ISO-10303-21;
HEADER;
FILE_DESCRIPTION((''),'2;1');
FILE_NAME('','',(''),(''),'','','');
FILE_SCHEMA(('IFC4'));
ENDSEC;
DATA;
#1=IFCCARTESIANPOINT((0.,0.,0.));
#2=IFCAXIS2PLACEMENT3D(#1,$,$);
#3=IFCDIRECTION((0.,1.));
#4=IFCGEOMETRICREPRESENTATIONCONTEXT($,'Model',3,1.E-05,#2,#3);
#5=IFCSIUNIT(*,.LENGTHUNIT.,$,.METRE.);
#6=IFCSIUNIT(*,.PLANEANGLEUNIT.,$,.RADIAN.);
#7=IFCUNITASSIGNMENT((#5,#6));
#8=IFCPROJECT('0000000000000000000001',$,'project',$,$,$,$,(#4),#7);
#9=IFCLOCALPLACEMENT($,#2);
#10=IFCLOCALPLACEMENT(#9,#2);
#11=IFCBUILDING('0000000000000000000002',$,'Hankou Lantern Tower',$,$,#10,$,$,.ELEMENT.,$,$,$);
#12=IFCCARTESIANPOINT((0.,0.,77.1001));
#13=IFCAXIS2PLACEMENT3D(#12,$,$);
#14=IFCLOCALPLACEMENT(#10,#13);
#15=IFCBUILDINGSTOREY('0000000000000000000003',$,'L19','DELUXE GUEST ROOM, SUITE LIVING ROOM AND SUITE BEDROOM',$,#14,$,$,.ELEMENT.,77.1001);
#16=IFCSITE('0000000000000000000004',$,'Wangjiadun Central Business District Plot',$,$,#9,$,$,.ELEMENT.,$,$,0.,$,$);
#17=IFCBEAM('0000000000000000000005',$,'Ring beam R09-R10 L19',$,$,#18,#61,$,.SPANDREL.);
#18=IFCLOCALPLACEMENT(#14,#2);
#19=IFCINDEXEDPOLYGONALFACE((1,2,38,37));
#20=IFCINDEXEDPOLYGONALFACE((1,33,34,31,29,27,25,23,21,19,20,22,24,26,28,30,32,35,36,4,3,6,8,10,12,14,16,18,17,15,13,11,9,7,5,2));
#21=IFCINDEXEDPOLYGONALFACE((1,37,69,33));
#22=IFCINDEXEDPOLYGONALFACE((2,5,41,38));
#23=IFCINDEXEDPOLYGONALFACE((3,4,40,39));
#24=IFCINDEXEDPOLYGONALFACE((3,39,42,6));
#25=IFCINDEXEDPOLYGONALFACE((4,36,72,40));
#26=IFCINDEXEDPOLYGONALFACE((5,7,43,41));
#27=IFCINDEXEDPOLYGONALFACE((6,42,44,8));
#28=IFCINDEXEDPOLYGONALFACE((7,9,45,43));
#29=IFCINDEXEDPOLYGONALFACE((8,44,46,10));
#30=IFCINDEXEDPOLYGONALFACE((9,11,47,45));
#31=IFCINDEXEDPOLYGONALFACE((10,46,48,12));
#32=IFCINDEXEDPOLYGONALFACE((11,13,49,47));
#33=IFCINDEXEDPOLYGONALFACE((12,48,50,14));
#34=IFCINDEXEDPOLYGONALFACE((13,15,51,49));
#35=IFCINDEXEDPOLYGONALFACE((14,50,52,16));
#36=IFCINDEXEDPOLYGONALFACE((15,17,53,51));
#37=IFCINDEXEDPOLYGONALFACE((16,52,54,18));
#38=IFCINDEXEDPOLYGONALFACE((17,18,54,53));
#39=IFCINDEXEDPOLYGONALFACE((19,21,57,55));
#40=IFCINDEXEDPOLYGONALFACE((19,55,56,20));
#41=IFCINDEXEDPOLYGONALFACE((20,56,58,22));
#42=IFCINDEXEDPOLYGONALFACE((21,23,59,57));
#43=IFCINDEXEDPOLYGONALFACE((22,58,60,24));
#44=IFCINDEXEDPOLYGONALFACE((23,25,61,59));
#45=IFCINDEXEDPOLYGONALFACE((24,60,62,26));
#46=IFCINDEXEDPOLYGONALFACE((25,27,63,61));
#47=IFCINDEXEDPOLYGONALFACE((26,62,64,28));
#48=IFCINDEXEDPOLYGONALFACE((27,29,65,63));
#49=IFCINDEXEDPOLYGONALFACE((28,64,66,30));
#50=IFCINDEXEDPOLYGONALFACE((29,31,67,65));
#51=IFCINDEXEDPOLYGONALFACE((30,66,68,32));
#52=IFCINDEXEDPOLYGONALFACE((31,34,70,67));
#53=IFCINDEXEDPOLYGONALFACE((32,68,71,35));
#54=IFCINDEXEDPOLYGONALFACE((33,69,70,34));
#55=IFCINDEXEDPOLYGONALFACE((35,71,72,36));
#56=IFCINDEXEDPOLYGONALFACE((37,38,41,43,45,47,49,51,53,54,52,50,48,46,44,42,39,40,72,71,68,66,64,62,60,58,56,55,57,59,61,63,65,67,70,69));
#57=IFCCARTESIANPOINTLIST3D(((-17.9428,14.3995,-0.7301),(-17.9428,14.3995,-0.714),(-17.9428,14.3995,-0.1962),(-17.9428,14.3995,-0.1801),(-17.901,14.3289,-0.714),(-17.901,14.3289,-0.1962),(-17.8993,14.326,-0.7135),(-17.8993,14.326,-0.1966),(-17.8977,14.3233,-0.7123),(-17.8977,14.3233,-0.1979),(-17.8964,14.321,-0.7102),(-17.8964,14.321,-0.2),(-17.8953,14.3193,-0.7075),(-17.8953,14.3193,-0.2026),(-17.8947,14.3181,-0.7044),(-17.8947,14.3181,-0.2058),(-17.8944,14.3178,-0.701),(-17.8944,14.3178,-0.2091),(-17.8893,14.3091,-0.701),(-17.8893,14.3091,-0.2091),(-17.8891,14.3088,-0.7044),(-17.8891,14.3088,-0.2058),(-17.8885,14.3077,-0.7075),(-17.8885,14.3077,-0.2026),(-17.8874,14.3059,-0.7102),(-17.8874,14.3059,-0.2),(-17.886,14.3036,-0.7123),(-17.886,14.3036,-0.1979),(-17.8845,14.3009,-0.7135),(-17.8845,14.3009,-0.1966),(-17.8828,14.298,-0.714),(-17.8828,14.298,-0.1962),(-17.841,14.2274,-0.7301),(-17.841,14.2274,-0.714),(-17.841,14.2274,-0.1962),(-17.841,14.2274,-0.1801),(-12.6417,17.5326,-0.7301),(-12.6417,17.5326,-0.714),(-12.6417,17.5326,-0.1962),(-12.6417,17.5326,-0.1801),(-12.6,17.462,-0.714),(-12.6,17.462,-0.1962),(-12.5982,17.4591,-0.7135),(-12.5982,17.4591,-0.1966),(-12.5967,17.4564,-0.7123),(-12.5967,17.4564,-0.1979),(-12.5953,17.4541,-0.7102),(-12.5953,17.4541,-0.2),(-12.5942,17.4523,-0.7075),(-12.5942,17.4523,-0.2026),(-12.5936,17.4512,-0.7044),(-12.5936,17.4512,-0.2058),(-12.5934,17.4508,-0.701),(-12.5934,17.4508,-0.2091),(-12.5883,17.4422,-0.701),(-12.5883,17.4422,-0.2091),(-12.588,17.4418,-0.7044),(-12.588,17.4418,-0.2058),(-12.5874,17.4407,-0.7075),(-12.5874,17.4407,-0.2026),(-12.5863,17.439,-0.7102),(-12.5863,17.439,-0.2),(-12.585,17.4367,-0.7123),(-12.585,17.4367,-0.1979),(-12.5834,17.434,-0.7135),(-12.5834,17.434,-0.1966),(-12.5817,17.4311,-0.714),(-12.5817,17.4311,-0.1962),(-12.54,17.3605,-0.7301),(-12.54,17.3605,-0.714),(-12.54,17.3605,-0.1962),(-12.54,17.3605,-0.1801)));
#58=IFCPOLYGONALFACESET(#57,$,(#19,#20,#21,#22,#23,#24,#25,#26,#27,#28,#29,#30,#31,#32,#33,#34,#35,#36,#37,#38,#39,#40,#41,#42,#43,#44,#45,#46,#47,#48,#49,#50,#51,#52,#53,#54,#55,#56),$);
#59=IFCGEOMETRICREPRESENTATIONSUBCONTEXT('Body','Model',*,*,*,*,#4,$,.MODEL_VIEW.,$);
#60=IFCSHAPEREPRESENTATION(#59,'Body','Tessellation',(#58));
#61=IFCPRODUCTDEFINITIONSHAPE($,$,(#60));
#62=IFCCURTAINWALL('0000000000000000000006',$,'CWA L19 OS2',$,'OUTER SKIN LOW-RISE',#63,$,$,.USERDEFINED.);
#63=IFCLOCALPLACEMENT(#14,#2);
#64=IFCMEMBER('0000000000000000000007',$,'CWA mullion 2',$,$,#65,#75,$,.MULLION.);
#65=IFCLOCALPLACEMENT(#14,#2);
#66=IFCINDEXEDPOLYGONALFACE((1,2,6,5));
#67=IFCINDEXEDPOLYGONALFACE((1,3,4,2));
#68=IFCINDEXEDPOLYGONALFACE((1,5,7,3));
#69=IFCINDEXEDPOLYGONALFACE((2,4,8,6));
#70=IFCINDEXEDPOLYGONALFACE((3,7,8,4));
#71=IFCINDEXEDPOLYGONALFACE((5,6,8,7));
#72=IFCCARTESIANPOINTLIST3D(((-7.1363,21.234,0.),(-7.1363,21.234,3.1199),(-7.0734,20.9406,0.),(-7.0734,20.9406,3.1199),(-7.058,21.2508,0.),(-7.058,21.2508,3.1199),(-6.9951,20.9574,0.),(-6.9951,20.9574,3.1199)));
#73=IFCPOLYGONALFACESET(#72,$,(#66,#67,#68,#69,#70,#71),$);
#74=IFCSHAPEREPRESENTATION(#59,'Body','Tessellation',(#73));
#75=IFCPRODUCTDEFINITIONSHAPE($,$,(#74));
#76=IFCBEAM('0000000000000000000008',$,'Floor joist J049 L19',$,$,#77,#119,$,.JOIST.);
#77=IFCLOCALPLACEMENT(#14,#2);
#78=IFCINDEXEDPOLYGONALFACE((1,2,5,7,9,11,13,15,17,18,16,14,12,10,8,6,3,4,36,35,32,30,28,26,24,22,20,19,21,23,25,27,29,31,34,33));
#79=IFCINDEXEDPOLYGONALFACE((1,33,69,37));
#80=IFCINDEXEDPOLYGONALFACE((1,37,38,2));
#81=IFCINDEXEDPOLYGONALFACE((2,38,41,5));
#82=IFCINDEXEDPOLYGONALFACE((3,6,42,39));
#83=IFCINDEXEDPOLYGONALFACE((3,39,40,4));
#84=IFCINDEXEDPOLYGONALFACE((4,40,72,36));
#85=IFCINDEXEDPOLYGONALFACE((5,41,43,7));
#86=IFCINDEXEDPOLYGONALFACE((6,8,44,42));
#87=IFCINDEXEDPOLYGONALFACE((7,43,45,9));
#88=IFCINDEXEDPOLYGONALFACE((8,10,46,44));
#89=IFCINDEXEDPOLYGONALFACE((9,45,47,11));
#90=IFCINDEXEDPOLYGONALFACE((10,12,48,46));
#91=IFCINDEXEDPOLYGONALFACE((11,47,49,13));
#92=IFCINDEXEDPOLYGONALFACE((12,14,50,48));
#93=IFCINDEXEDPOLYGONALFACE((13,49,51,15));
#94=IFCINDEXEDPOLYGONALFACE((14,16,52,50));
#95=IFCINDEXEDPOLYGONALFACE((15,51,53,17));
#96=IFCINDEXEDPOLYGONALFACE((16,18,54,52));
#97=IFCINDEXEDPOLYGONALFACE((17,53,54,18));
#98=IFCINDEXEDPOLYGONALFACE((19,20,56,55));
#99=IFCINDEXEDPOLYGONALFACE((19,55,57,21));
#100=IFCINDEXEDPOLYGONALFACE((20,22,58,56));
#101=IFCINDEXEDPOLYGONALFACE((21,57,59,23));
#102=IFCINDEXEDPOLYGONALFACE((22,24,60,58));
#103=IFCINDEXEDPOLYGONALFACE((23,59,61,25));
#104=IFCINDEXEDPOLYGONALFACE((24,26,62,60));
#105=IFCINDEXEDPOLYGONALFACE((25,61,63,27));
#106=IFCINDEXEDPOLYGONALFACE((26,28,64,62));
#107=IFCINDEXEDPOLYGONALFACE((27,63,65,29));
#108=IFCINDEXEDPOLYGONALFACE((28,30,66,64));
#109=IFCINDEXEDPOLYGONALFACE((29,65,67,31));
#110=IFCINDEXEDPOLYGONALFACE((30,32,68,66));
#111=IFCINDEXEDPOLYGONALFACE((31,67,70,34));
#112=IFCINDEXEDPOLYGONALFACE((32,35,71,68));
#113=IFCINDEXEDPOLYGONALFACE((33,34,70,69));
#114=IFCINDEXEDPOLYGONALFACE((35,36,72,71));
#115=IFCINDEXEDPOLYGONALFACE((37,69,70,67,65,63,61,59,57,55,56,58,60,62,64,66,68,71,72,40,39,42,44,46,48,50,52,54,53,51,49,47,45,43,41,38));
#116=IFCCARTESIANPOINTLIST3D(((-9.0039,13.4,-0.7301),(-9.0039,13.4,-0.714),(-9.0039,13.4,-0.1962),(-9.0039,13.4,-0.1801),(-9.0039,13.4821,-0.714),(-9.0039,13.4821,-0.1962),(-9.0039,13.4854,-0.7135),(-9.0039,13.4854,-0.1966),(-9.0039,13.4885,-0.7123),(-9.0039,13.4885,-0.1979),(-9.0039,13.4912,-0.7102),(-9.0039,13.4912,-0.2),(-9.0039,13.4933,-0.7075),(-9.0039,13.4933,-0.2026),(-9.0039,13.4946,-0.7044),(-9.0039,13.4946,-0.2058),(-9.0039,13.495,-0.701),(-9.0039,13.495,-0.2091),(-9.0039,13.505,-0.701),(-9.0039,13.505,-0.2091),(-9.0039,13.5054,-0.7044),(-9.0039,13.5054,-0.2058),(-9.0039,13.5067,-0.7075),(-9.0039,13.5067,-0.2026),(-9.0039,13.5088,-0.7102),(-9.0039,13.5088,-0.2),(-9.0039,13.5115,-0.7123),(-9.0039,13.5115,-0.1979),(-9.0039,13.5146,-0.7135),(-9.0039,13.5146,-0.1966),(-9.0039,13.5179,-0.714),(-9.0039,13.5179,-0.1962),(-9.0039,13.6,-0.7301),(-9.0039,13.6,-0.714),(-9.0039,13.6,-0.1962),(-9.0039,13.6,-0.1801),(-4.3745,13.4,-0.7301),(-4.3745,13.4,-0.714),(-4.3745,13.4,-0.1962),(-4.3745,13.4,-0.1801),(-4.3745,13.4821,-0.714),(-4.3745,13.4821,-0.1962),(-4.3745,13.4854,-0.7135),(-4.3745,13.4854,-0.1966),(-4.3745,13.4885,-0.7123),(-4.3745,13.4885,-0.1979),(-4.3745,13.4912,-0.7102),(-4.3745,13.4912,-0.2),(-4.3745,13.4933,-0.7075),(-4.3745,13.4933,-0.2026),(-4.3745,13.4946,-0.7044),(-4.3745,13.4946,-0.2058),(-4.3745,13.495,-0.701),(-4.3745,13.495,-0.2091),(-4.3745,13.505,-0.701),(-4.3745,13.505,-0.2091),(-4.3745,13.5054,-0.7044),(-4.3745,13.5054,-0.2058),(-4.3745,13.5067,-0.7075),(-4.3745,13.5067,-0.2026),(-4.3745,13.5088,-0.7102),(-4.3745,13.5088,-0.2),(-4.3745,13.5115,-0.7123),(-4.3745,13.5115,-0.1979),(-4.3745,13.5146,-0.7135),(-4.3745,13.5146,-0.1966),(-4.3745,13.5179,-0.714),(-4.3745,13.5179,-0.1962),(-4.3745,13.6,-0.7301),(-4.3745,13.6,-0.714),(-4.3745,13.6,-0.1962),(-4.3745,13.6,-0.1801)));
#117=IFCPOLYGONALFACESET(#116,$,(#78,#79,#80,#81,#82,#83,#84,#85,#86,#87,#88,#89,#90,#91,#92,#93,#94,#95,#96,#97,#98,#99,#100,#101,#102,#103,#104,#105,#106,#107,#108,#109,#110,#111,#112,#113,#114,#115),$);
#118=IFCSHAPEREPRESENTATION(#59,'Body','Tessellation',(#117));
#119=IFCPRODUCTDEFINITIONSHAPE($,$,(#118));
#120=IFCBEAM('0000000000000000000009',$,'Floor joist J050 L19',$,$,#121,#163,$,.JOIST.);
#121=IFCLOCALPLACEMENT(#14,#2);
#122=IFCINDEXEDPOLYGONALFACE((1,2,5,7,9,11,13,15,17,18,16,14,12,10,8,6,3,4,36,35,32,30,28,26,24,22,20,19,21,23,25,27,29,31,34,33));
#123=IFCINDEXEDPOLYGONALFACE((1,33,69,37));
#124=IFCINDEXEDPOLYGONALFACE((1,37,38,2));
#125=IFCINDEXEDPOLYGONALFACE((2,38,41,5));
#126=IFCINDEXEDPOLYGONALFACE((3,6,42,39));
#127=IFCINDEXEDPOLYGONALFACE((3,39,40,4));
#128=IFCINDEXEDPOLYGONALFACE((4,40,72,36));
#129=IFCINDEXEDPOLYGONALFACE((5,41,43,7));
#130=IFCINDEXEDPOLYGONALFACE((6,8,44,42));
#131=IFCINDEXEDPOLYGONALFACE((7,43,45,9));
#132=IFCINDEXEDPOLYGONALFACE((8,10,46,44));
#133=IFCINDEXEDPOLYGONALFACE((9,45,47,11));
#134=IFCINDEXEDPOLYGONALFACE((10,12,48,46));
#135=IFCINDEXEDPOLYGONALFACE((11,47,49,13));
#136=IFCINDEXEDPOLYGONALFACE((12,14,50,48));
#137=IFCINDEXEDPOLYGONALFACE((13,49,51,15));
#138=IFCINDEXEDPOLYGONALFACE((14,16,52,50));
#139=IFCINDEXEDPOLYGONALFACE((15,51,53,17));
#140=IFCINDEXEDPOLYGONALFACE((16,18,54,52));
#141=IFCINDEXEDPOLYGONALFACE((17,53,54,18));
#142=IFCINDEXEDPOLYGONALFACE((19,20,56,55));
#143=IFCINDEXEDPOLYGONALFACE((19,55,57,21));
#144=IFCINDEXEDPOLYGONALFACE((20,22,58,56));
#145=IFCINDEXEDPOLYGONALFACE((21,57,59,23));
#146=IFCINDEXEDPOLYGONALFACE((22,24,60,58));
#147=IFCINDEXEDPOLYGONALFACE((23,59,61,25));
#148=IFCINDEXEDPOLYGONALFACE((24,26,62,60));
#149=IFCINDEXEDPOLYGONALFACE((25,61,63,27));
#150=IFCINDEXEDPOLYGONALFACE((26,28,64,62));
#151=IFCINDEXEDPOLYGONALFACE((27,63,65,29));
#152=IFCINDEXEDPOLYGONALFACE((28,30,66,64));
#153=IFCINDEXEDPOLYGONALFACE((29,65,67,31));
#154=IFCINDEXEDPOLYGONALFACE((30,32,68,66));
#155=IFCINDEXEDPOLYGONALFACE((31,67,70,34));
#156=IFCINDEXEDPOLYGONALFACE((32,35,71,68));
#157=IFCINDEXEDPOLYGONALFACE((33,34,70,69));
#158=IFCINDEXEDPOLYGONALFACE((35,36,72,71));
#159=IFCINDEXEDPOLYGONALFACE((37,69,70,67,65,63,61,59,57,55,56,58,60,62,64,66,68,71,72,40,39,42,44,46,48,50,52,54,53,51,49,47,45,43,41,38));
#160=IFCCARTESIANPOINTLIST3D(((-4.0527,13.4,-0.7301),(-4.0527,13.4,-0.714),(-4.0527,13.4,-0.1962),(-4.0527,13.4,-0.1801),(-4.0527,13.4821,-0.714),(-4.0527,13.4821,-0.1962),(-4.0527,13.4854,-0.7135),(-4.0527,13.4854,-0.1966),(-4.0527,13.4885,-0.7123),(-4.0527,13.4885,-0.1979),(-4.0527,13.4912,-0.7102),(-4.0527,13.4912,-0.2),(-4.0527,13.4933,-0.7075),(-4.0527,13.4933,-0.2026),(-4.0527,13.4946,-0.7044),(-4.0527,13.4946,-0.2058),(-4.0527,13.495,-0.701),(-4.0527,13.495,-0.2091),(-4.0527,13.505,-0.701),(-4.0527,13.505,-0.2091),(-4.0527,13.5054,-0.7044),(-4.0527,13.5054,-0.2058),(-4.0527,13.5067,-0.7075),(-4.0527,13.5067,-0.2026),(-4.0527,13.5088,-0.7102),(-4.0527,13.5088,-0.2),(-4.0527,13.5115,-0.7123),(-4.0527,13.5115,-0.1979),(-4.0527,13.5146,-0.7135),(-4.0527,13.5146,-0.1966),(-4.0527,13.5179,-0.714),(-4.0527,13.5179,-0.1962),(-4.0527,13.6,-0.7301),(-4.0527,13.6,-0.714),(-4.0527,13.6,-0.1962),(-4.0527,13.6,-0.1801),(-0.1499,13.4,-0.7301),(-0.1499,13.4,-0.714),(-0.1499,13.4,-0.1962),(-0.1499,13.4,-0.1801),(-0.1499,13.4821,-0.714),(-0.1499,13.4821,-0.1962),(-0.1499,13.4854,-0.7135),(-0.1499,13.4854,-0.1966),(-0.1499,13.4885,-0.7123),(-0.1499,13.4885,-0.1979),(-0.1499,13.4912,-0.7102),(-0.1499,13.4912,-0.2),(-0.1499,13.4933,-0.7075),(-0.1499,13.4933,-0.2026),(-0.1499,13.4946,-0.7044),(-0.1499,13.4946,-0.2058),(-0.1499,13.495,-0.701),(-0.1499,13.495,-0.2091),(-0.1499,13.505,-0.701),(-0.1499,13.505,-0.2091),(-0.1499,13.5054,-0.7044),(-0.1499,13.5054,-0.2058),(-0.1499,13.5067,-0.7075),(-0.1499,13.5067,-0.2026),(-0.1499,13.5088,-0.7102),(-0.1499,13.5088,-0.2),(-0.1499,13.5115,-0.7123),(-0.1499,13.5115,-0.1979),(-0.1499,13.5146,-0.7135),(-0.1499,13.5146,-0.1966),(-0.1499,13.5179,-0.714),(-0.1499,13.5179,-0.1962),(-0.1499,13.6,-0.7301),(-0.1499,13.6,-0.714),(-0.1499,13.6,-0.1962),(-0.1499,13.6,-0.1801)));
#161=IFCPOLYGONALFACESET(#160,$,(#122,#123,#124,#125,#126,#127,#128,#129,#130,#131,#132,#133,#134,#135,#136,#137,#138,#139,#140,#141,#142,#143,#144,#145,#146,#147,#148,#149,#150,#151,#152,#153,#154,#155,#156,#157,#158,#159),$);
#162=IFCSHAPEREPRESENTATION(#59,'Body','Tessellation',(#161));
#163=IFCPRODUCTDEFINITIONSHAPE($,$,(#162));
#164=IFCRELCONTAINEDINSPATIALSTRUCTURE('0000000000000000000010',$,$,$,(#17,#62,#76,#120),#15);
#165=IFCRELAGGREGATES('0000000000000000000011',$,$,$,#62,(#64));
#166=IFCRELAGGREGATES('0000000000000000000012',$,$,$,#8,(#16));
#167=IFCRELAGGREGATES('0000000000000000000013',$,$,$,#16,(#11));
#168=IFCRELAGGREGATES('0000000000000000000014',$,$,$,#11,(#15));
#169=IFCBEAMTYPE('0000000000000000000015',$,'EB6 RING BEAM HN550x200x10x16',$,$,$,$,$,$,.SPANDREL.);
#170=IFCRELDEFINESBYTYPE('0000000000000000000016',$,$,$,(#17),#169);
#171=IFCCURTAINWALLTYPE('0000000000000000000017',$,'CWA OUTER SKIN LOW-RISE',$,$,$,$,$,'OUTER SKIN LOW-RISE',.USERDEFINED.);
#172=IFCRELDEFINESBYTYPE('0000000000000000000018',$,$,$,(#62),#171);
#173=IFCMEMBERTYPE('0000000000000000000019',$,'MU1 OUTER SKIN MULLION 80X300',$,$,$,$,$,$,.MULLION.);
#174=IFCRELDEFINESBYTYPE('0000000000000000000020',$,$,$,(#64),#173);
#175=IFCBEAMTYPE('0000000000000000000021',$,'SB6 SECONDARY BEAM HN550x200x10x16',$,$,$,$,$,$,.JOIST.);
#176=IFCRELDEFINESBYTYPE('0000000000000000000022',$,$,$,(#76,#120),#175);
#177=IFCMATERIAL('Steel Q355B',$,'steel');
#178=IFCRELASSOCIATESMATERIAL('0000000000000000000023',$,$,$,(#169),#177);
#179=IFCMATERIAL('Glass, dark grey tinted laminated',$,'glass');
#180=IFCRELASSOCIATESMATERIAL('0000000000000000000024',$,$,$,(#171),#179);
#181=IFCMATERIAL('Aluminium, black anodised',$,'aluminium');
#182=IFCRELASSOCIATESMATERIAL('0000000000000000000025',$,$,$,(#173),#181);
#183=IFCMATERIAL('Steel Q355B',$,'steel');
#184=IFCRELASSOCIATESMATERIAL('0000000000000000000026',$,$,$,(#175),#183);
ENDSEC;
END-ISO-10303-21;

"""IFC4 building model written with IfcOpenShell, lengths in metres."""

from ifc_helpers import new_model, si_unit, direction, frame, origin, origin_2d, place, context, subcontext, project, spatial, rectangle, i_section, extrude, material, material_profile, profile_set, type_object, element, aggregate, save


model = new_model("IFC4")

# Units and contexts
model_context = context("Model", 3, precision=1e-05, world=origin(), true_north=direction((0.0, 1.0)))
body_context = subcontext(model_context, "Body", "Model", "MODEL_VIEW")
ifc_project = project(units=[si_unit("LENGTHUNIT", "METRE"), si_unit("PLANEANGLEUNIT", "RADIAN")], contexts=[model_context])

# Site, building, storey
site_placement = place(None, origin())
site = spatial("IfcSite", under=ifc_project, at=site_placement, Name="Wangjiadun Central Business District Plot", CompositionType="ELEMENT", RefElevation=0.0)
building_placement = place(site_placement, origin())
building = spatial("IfcBuilding", under=site, at=building_placement, Name="Hankou Lantern Tower", CompositionType="ELEMENT")
storey_placement = place(building_placement, frame((0.0, 0.0, 77.1001)))
storey = spatial("IfcBuildingStorey", under=building, at=storey_placement, Name="L19", Description="DELUXE GUEST ROOM, SUITE LIVING ROOM AND SUITE BEDROOM", CompositionType="ELEMENT", Elevation=77.1001)

# Beam
ifc_material_1 = material(Name="Steel Q355B", Category="steel")
ifc_material_profile_1 = material_profile(ifc_material_1, i_section(OverallWidth=0.2, OverallDepth=0.55, WebThickness=0.01, FlangeThickness=0.0161, FilletRadius=0.0129, at=origin_2d()), Name="HN550x200x10x16")
ifc_profile_set_1 = profile_set([ifc_material_profile_1], Name="Steel Q355B")
beam_type_1 = type_object("IfcBeamType", Name="EB6 RING BEAM HN550x200x10x16", PredefinedType="SPANDREL", material=ifc_profile_set_1)
beam_1_placement = place(storey_placement, frame((-12.5908, 17.4465, -0.4551), z_axis=(-0.860882, -0.508805, 0.0), x_axis=(0.508805, -0.860882, 0.0)))
element("IfcBeam", 1, at=beam_1_placement, inside=storey, type_object=beam_type_1, Name="Ring beam R09-R10 L19", PredefinedType="SPANDREL", context=body_context, shape_type="SweptSolid", body=[
    extrude(i_section(OverallWidth=0.2, OverallDepth=0.55, WebThickness=0.01, FlangeThickness=0.0161, FilletRadius=0.0129, at=origin_2d()), origin(), (0.0, 0.0, 1.0), 6.1577),
])

# Curtain wall, member
ifc_material_2 = material(Name="Glass, dark grey tinted laminated", Category="glass")
curtain_wall_type = type_object("IfcCurtainWallType", Name="CWA OUTER SKIN LOW-RISE", ElementType="OUTER SKIN LOW-RISE", PredefinedType="USERDEFINED", material=ifc_material_2)
curtain_wall_placement = place(storey_placement, origin())
curtain_wall = element("IfcCurtainWall", 2, at=curtain_wall_placement, inside=storey, type_object=curtain_wall_type, Name="CWA L19 OS2", ObjectType="OUTER SKIN LOW-RISE", PredefinedType="USERDEFINED")
ifc_material_3 = material(Name="Aluminium, black anodised", Category="aluminium")
ifc_material_profile_2 = material_profile(ifc_material_3, rectangle(XDim=0.0801, YDim=0.3, at=origin_2d()), Name="MU1 80X300")
ifc_profile_set_2 = profile_set([ifc_material_profile_2], Name="Aluminium, black anodised")
member_type_1 = type_object("IfcMemberType", Name="MU1 OUTER SKIN MULLION 80X300", PredefinedType="MULLION", material=ifc_profile_set_2)
member_1_placement = place(storey_placement, frame((-7.0657, 21.0957, 0.0), z_axis=(0.0, 0.0, 1.0), x_axis=(-0.977788, -0.209598, 0.0)))
member_1 = element("IfcMember", 3, at=member_1_placement, type_object=member_type_1, Name="CWA mullion 2", PredefinedType="MULLION", context=body_context, shape_type="SweptSolid", body=[
    extrude(rectangle(XDim=0.0801, YDim=0.3, at=origin_2d()), origin(), (0.0, 0.0, 1.0), 3.1199),
])

# Beams
ifc_material_4 = material(Name="Steel Q355B", Category="steel")
ifc_material_profile_3 = material_profile(ifc_material_4, i_section(OverallWidth=0.2, OverallDepth=0.55, WebThickness=0.01, FlangeThickness=0.0161, FilletRadius=0.0129, at=origin_2d()), Name="HN550x200x10x16")
ifc_profile_set_3 = profile_set([ifc_material_profile_3], Name="Steel Q355B")
beam_type_2 = type_object("IfcBeamType", Name="SB6 SECONDARY BEAM HN550x200x10x16", PredefinedType="JOIST", material=ifc_profile_set_3)
beam_2_placement = place(storey_placement, frame((-9.0039, 13.5, -0.4551), z_axis=(1.0, 0.0, 0.0), x_axis=(0.0, 1.0, 0.0)))
element("IfcBeam", 4, at=beam_2_placement, inside=storey, type_object=beam_type_2, Name="Floor joist J049 L19", PredefinedType="JOIST", context=body_context, shape_type="SweptSolid", body=[
    extrude(i_section(OverallWidth=0.2, OverallDepth=0.55, WebThickness=0.01, FlangeThickness=0.0161, FilletRadius=0.0129, at=origin_2d()), origin(), (0.0, 0.0, 1.0), 4.6294),
])
beam_3_placement = place(storey_placement, frame((-4.0527, 13.5, -0.4551), z_axis=(1.0, 0.0, 0.0), x_axis=(0.0, 1.0, 0.0)))
element("IfcBeam", 5, at=beam_3_placement, inside=storey, type_object=beam_type_2, Name="Floor joist J050 L19", PredefinedType="JOIST", context=body_context, shape_type="SweptSolid", body=[
    extrude(i_section(OverallWidth=0.2, OverallDepth=0.55, WebThickness=0.01, FlangeThickness=0.0161, FilletRadius=0.0129, at=origin_2d()), origin(), (0.0, 0.0, 1.0), 3.9028),
])

aggregate(curtain_wall, [member_1])

save(model, "model.ifc")
